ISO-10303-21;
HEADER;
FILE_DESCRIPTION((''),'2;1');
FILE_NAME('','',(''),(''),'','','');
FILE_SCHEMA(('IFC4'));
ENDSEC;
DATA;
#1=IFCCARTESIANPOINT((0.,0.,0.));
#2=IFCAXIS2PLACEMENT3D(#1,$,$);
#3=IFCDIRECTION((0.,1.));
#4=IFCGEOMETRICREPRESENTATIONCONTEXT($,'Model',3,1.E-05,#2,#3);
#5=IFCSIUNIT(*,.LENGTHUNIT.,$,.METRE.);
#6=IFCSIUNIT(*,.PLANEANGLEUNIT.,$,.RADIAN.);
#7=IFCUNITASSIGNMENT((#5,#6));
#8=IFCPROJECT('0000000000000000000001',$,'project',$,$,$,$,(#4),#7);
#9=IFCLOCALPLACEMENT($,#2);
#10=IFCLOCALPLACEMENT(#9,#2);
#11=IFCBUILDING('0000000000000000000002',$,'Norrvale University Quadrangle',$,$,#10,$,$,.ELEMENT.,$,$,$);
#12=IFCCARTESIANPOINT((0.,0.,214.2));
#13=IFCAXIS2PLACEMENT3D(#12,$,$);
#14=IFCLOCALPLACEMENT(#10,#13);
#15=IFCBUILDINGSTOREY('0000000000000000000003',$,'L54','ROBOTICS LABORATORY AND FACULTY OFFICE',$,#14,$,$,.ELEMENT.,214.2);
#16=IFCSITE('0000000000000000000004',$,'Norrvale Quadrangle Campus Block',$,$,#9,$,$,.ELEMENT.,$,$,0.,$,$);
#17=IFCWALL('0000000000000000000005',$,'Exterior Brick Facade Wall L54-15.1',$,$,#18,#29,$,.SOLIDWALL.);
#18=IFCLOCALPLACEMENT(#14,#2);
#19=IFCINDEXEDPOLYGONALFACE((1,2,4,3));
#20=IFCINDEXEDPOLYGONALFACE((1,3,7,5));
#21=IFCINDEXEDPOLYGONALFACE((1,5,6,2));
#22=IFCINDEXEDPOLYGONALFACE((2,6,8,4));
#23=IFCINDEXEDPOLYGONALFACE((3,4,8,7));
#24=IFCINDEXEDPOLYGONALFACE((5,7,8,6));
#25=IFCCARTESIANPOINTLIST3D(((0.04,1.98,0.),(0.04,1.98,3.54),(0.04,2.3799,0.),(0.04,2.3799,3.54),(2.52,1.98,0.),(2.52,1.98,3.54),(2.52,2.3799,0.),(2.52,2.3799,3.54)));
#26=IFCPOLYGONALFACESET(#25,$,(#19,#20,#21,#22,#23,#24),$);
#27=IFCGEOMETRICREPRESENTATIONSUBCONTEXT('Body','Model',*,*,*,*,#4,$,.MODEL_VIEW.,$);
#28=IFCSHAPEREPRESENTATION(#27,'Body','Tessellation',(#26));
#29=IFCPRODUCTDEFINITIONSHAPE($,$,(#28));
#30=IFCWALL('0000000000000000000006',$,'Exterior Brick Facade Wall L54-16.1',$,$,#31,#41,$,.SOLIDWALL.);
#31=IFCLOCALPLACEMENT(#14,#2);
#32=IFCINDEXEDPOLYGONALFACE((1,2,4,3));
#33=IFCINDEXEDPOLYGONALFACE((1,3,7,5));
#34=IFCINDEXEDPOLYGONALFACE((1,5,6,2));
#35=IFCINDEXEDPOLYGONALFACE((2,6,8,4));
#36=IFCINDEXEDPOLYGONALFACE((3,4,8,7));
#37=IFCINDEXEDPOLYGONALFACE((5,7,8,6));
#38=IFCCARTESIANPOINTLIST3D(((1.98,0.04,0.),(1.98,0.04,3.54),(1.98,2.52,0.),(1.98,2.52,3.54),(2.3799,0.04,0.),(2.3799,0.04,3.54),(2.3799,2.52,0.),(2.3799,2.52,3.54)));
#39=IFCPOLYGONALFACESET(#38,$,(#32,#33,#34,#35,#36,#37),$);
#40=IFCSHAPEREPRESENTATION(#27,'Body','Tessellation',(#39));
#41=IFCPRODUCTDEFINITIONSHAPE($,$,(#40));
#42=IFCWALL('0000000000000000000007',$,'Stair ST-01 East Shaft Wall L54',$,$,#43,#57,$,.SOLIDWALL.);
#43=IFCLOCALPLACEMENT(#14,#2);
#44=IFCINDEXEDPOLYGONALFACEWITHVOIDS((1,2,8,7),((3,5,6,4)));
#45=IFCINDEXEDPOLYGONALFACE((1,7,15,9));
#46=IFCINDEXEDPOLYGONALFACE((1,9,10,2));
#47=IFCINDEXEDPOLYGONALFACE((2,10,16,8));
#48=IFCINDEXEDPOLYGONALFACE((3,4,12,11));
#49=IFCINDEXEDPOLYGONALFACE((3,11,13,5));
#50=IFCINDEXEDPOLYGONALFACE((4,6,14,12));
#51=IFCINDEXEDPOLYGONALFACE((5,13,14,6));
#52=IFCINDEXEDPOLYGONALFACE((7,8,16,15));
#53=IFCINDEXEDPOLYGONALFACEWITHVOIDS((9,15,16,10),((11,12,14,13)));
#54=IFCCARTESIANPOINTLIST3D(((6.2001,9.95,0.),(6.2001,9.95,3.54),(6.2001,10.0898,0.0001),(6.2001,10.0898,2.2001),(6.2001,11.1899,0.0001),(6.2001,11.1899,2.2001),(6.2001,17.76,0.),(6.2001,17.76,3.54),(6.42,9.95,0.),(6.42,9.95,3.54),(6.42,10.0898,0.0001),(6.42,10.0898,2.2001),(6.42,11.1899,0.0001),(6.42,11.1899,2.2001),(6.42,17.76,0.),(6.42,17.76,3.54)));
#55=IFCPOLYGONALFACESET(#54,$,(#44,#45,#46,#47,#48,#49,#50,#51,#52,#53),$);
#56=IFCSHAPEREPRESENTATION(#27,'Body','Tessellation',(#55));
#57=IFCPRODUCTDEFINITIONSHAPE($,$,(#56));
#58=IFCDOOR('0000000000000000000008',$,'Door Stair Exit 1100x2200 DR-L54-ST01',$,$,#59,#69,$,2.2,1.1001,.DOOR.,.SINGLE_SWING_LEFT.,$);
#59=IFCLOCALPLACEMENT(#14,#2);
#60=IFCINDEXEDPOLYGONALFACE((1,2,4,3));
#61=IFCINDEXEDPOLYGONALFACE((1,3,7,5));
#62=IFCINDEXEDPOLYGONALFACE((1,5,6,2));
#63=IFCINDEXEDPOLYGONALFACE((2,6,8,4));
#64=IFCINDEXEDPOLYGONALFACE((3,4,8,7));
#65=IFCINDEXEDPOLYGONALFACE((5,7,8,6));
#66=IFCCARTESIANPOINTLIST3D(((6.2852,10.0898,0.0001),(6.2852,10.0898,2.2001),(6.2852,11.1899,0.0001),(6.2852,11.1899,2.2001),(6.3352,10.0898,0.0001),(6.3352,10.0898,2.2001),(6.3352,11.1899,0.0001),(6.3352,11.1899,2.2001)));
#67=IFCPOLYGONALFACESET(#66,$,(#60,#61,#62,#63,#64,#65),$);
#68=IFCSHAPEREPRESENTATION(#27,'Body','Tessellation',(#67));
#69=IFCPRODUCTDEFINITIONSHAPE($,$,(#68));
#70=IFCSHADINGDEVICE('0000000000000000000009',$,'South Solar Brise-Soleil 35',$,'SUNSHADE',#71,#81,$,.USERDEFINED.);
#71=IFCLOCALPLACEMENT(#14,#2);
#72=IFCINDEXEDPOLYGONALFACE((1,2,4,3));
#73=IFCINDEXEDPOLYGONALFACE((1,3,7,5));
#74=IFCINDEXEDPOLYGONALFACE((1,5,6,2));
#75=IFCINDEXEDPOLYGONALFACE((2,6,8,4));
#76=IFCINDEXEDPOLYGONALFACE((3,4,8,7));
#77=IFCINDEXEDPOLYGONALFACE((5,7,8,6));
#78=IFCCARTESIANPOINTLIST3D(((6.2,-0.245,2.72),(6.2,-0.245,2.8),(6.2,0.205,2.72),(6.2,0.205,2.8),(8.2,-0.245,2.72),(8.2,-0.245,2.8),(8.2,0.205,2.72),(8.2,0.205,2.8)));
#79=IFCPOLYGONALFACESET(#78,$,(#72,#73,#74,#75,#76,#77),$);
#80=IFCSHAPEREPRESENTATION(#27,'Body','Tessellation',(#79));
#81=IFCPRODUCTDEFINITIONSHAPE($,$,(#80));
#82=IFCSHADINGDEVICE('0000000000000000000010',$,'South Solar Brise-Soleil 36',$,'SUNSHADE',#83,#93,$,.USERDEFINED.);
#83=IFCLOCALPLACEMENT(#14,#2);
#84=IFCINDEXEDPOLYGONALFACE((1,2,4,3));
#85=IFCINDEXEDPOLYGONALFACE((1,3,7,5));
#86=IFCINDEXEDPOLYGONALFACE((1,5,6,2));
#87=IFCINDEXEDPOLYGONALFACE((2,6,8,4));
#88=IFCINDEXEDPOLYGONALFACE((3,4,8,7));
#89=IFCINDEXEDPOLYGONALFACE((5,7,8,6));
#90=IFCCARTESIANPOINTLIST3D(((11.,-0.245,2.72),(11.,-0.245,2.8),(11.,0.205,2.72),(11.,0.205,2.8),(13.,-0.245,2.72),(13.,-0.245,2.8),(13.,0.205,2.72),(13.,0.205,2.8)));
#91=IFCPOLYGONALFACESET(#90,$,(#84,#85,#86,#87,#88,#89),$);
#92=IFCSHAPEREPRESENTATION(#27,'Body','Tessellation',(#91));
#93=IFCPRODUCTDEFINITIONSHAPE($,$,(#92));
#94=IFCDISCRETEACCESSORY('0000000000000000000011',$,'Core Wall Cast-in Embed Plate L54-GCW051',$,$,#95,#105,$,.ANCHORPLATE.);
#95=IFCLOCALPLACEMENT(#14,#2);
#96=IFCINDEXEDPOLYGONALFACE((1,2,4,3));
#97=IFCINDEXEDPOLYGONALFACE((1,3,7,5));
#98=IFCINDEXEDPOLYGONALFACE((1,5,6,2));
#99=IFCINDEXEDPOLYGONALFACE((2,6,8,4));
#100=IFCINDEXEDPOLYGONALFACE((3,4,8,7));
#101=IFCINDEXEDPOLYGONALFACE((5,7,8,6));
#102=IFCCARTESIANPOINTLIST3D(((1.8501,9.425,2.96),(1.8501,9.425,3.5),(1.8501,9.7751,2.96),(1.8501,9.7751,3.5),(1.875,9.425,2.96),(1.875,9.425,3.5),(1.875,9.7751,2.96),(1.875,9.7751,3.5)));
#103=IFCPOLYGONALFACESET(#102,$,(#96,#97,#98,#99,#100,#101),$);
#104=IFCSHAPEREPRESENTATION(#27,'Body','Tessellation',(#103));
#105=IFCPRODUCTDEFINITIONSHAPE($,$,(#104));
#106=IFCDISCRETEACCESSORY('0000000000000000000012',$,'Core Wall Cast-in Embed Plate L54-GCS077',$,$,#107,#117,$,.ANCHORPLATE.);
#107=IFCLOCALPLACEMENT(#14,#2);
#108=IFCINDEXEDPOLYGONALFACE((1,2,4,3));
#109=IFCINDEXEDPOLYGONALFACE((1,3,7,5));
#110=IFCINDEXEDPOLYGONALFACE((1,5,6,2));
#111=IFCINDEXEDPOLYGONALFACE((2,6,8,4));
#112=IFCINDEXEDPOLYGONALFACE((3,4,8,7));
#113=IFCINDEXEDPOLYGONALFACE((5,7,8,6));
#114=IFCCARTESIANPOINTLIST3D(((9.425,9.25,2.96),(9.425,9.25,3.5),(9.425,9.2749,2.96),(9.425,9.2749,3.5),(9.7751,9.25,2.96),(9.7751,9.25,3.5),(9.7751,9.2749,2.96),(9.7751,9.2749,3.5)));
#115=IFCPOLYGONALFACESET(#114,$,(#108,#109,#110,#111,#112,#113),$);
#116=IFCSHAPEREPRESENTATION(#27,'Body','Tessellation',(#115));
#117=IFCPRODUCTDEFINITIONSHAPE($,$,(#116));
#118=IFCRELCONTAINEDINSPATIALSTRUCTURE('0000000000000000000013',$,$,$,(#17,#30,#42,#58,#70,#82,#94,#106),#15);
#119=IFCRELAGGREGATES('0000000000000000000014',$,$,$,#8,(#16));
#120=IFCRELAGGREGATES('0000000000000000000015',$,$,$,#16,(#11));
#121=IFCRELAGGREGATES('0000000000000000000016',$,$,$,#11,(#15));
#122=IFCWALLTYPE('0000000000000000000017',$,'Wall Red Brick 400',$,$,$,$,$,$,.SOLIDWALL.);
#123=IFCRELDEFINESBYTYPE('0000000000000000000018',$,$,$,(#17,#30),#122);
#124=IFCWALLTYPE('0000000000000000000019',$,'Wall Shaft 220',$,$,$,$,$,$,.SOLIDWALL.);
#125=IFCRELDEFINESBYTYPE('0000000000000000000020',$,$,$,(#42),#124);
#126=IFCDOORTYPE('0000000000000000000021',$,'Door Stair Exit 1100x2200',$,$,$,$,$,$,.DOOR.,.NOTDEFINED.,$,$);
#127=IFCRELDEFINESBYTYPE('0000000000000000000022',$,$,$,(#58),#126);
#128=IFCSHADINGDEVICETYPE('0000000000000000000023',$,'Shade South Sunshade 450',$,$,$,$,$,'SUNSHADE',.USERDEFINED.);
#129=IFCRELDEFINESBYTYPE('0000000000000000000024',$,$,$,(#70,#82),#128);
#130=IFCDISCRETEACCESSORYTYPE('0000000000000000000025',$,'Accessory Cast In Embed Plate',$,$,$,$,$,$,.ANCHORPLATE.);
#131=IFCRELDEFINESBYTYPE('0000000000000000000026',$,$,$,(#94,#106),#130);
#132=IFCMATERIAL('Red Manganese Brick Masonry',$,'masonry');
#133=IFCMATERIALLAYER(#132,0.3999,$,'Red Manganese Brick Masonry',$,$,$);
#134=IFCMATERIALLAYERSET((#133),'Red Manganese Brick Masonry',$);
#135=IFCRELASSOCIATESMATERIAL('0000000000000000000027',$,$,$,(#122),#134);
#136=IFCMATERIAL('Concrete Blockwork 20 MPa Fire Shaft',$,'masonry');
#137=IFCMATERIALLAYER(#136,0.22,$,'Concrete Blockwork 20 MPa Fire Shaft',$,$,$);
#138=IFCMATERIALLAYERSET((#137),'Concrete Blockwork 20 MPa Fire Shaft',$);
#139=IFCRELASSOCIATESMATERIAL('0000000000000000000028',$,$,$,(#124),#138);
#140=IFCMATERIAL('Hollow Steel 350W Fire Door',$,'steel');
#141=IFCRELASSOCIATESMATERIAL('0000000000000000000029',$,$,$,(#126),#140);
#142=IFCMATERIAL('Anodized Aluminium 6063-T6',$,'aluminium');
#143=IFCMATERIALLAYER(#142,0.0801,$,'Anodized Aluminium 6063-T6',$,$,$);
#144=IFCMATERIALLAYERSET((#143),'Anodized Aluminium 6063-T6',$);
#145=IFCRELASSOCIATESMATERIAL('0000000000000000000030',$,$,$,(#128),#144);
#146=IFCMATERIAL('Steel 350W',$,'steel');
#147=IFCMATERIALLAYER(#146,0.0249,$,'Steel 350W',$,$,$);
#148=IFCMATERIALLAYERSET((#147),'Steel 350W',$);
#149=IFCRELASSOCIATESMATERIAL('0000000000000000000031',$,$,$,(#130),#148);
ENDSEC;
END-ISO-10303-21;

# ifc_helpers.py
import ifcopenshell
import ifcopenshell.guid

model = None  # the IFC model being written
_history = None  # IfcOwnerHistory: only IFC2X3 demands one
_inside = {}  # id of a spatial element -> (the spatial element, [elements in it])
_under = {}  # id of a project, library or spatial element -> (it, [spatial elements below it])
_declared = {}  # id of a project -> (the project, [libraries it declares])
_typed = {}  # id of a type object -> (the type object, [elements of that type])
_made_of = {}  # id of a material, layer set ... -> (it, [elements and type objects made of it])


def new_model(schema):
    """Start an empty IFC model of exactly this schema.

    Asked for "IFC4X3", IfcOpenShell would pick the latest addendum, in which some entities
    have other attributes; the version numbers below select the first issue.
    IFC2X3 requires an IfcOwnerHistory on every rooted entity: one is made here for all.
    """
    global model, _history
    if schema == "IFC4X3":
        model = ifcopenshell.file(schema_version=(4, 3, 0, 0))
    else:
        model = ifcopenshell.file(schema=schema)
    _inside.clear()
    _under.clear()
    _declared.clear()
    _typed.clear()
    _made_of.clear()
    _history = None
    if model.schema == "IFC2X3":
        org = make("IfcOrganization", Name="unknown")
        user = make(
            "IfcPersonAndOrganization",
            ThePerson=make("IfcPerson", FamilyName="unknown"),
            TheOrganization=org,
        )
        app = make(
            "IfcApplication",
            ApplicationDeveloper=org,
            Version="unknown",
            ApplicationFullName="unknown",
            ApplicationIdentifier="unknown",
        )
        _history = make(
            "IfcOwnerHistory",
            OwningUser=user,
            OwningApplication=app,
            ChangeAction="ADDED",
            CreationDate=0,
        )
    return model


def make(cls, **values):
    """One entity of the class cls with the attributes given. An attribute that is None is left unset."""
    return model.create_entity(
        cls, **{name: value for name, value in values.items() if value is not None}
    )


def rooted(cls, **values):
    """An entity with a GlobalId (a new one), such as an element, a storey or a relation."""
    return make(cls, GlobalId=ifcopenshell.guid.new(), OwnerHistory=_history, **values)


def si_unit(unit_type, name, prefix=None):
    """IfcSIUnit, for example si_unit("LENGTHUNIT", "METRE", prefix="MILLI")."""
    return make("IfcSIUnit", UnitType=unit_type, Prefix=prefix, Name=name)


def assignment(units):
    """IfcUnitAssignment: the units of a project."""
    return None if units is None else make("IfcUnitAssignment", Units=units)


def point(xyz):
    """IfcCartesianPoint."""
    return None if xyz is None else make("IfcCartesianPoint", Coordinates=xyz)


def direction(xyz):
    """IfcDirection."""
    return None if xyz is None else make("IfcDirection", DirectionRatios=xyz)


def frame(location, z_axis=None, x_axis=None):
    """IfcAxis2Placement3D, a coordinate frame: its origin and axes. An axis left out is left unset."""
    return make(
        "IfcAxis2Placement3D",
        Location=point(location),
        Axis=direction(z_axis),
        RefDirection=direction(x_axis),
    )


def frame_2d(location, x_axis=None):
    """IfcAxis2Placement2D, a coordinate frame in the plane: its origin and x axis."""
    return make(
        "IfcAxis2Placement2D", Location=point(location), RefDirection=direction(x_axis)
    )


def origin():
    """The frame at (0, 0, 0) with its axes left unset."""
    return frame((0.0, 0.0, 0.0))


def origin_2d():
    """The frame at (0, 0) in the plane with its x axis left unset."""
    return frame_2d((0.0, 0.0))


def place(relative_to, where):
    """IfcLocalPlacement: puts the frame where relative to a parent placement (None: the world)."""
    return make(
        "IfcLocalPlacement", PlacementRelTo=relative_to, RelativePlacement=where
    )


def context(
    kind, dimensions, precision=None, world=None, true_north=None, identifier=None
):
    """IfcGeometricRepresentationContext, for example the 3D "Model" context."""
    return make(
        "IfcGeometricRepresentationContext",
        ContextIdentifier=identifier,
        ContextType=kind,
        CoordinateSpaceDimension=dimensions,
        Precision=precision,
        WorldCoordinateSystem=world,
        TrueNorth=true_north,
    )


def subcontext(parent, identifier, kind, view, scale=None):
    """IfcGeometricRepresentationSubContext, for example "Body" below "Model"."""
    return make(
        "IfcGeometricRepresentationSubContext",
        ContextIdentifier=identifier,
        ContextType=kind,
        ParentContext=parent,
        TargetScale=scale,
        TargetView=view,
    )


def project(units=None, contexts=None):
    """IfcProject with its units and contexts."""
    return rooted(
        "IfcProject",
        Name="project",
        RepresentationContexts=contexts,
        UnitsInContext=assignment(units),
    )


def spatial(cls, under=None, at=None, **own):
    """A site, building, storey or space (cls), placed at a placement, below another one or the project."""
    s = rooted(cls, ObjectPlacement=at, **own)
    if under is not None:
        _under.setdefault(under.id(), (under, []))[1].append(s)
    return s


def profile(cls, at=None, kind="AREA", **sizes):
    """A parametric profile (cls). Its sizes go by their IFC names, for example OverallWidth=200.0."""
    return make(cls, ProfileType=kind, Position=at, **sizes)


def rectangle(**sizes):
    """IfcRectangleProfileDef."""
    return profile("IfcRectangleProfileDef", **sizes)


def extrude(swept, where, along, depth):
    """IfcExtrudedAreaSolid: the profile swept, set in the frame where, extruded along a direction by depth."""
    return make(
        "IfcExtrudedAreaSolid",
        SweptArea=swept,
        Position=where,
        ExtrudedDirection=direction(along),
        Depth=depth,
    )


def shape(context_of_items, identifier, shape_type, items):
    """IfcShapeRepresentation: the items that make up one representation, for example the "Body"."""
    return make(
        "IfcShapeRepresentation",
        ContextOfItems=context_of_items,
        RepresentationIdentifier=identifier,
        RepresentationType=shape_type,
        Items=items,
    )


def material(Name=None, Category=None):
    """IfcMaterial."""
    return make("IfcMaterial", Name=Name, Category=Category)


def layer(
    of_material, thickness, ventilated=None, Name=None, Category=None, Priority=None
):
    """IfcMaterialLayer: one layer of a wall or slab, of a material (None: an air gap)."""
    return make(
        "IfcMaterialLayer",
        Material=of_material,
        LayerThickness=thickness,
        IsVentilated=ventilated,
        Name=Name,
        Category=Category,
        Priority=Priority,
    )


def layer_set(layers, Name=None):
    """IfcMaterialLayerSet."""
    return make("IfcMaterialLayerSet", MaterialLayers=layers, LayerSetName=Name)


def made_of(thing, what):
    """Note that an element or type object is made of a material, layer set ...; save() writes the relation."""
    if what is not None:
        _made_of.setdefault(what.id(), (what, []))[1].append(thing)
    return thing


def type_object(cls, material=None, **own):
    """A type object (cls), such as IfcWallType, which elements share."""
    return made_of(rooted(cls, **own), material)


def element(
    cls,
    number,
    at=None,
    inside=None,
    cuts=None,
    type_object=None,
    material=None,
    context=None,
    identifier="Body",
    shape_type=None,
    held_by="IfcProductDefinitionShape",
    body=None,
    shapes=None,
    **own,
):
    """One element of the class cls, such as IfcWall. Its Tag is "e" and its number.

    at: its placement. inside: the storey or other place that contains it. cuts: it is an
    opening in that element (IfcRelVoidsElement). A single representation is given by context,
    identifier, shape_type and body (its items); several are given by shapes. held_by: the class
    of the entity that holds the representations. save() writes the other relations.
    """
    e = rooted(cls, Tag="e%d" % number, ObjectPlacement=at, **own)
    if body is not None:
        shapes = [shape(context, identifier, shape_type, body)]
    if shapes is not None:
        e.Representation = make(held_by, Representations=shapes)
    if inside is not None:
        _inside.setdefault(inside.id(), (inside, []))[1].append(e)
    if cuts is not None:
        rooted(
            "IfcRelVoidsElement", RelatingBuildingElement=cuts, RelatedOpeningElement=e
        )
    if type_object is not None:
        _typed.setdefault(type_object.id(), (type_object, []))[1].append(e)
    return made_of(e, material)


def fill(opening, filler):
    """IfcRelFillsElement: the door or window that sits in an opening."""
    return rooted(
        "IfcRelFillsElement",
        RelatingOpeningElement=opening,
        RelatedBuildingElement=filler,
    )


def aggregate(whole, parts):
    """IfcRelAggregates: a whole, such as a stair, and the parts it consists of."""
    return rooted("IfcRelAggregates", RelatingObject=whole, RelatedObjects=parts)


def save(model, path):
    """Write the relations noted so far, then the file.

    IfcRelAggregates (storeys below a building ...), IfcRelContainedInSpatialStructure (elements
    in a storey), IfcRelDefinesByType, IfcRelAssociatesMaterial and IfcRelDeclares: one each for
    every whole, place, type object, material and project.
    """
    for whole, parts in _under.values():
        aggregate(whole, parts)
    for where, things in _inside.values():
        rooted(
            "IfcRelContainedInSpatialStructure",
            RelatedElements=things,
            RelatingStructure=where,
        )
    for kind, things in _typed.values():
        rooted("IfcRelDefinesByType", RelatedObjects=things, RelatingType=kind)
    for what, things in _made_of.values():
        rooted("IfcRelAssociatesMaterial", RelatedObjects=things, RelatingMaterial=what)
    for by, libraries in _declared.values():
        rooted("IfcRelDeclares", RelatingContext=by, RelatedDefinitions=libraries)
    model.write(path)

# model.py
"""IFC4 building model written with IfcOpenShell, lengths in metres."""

from ifc_helpers import new_model, si_unit, direction, frame, frame_2d, origin, origin_2d, place, context, subcontext, project, spatial, rectangle, extrude, material, layer, layer_set, type_object, element, fill, save


model = new_model("IFC4")

# Units and contexts
model_context = context("Model", 3, precision=1e-05, world=origin(), true_north=direction((0.0, 1.0)))
body_context = subcontext(model_context, "Body", "Model", "MODEL_VIEW")
ifc_project = project(units=[si_unit("LENGTHUNIT", "METRE"), si_unit("PLANEANGLEUNIT", "RADIAN")], contexts=[model_context])

# Site, building, storey
site_placement = place(None, origin())
site = spatial("IfcSite", under=ifc_project, at=site_placement, Name="Norrvale Quadrangle Campus Block", CompositionType="ELEMENT", RefElevation=0.0)
building_placement = place(site_placement, origin())
building = spatial("IfcBuilding", under=site, at=building_placement, Name="Norrvale University Quadrangle", CompositionType="ELEMENT")
storey_placement = place(building_placement, frame((0.0, 0.0, 214.2)))
storey = spatial("IfcBuildingStorey", under=building, at=storey_placement, Name="L54", Description="ROBOTICS LABORATORY AND FACULTY OFFICE", CompositionType="ELEMENT", Elevation=214.2)

# Shared definitions
ifc_material_1 = material(Name="Steel 350W", Category="steel")

# Shared definitions
ifc_material_2 = material(Name="Red Manganese Brick Masonry", Category="masonry")
ifc_layer_1 = layer(ifc_material_2, 0.3999, Name="Red Manganese Brick Masonry")
ifc_layer_set_1 = layer_set([ifc_layer_1], Name="Red Manganese Brick Masonry")
wall_type_1 = type_object("IfcWallType", Name="Wall Red Brick 400", PredefinedType="SOLIDWALL", material=ifc_layer_set_1)

# Walls
for number, where, z_axis, x_axis, name in (
    (1, (0.04, 2.1799, 0.0), (0.0, 0.0, 1.0), (1.0, 0.0, 0.0), "Exterior Brick Facade Wall L54-15.1"),
    (2, (2.1799, 2.52, 0.0), (0.0, 0.0, 1.0), (0.0, -1.0, 0.0), "Exterior Brick Facade Wall L54-16.1"),
):
    element("IfcWall", number, at=place(storey_placement, frame(where, z_axis=z_axis, x_axis=x_axis)), inside=storey, type_object=wall_type_1, Name=name, PredefinedType="SOLIDWALL", context=body_context, shape_type="SweptSolid", body=[
        extrude(rectangle(XDim=2.48, YDim=0.3999, at=frame_2d((1.24, 0.0))), origin(), (0.0, 0.0, 1.0), 3.54),
    ])

# Wall, opening, door
ifc_material_3 = material(Name="Concrete Blockwork 20 MPa Fire Shaft", Category="masonry")
ifc_layer_2 = layer(ifc_material_3, 0.22, Name="Concrete Blockwork 20 MPa Fire Shaft")
ifc_layer_set_2 = layer_set([ifc_layer_2], Name="Concrete Blockwork 20 MPa Fire Shaft")
wall_type_2 = type_object("IfcWallType", Name="Wall Shaft 220", PredefinedType="SOLIDWALL", material=ifc_layer_set_2)
wall_1_placement = place(storey_placement, frame((6.3101, 9.95, 0.0), z_axis=(0.0, 0.0, 1.0), x_axis=(0.0, 1.0, 0.0)))
wall_1 = element("IfcWall", 3, at=wall_1_placement, inside=storey, type_object=wall_type_2, Name="Stair ST-01 East Shaft Wall L54", PredefinedType="SOLIDWALL", context=body_context, shape_type="SweptSolid", body=[
    extrude(rectangle(XDim=7.8101, YDim=0.22, at=frame_2d((3.905, 0.0))), origin(), (0.0, 0.0, 1.0), 3.54),
])
opening_1_placement = place(wall_1_placement, frame((0.1399, 0.0, 0.0)))
opening_1 = element("IfcOpeningElement", 4, at=opening_1_placement, cuts=wall_1, PredefinedType="OPENING", context=body_context, shape_type="SweptSolid", body=[
    extrude(rectangle(XDim=1.1001, YDim=2.2, at=frame_2d((0.55, 1.1001))), frame((0.0, 0.1221, 0.0), z_axis=(0.0, -1.0, 0.0), x_axis=(1.0, 0.0, 0.0)), (0.0, 0.0, 1.0), 0.2439),
])
ifc_material_4 = material(Name="Hollow Steel 350W Fire Door", Category="steel")
door_type = type_object("IfcDoorType", Name="Door Stair Exit 1100x2200", OperationType="NOTDEFINED", PredefinedType="DOOR", material=ifc_material_4)
door_placement = place(opening_1_placement, origin())
door = element("IfcDoor", 5, at=door_placement, inside=storey, type_object=door_type, Name="Door Stair Exit 1100x2200 DR-L54-ST01", OperationType="SINGLE_SWING_LEFT", OverallHeight=2.2, OverallWidth=1.1001, PredefinedType="DOOR", context=body_context, shape_type="SweptSolid", body=[
    extrude(rectangle(XDim=1.1001, YDim=2.2, at=frame_2d((0.55, 1.1001))), frame((0.0, 0.0249, 0.0), z_axis=(0.0, -1.0, 0.0), x_axis=(1.0, 0.0, 0.0)), (0.0, 0.0, 1.0), 0.05),
])
fill(opening_1, door)

# Shading devices
ifc_material_5 = material(Name="Anodized Aluminium 6063-T6", Category="aluminium")
ifc_layer_3 = layer(ifc_material_5, 0.0801, Name="Anodized Aluminium 6063-T6")
ifc_layer_set_3 = layer_set([ifc_layer_3], Name="Anodized Aluminium 6063-T6")
shading_device_type = type_object("IfcShadingDeviceType", Name="Shade South Sunshade 450", ElementType="SUNSHADE", PredefinedType="USERDEFINED", material=ifc_layer_set_3)
for number, where, z_axis, x_axis, name in (
    (6, (7.2, -0.02, 2.72), (0.0, 0.0, 1.0), (1.0, 0.0, 0.0), "South Solar Brise-Soleil 35"),
    (7, (12.0, -0.02, 2.72), (0.0, 0.0, 1.0), (1.0, 0.0, 0.0), "South Solar Brise-Soleil 36"),
):
    element("IfcShadingDevice", number, at=place(storey_placement, frame(where, z_axis=z_axis, x_axis=x_axis)), inside=storey, type_object=shading_device_type, Name=name, ObjectType="SUNSHADE", PredefinedType="USERDEFINED", context=body_context, shape_type="SweptSolid", body=[
        extrude(rectangle(XDim=2.0, YDim=0.45, at=origin_2d()), origin(), (0.0, 0.0, 1.0), 0.0801),
    ])

# Discrete accessories
ifc_layer_4 = layer(ifc_material_1, 0.0249, Name="Steel 350W")
ifc_layer_set_4 = layer_set([ifc_layer_4], Name="Steel 350W")
discrete_accessory_type = type_object("IfcDiscreteAccessoryType", Name="Accessory Cast In Embed Plate", PredefinedType="ANCHORPLATE", material=ifc_layer_set_4)
discrete_accessory_1_placement = place(storey_placement, frame((1.8625, 9.6001, 2.96), z_axis=(0.0, 0.0, 1.0), x_axis=(1.0, 0.0, 0.0)))
element("IfcDiscreteAccessory", 8, at=discrete_accessory_1_placement, inside=storey, type_object=discrete_accessory_type, Name="Core Wall Cast-in Embed Plate L54-GCW051", PredefinedType="ANCHORPLATE", context=body_context, shape_type="SweptSolid", body=[
    extrude(rectangle(XDim=0.0249, YDim=0.3501, at=origin_2d()), origin(), (0.0, 0.0, 1.0), 0.54),
])
discrete_accessory_2_placement = place(storey_placement, frame((9.6001, 9.2625, 2.96), z_axis=(0.0, 0.0, 1.0), x_axis=(1.0, 0.0, 0.0)))
element("IfcDiscreteAccessory", 9, at=discrete_accessory_2_placement, inside=storey, type_object=discrete_accessory_type, Name="Core Wall Cast-in Embed Plate L54-GCS077", PredefinedType="ANCHORPLATE", context=body_context, shape_type="SweptSolid", body=[
    extrude(rectangle(XDim=0.3501, YDim=0.0249, at=origin_2d()), origin(), (0.0, 0.0, 1.0), 0.54),
])

save(model, "model.ifc")
